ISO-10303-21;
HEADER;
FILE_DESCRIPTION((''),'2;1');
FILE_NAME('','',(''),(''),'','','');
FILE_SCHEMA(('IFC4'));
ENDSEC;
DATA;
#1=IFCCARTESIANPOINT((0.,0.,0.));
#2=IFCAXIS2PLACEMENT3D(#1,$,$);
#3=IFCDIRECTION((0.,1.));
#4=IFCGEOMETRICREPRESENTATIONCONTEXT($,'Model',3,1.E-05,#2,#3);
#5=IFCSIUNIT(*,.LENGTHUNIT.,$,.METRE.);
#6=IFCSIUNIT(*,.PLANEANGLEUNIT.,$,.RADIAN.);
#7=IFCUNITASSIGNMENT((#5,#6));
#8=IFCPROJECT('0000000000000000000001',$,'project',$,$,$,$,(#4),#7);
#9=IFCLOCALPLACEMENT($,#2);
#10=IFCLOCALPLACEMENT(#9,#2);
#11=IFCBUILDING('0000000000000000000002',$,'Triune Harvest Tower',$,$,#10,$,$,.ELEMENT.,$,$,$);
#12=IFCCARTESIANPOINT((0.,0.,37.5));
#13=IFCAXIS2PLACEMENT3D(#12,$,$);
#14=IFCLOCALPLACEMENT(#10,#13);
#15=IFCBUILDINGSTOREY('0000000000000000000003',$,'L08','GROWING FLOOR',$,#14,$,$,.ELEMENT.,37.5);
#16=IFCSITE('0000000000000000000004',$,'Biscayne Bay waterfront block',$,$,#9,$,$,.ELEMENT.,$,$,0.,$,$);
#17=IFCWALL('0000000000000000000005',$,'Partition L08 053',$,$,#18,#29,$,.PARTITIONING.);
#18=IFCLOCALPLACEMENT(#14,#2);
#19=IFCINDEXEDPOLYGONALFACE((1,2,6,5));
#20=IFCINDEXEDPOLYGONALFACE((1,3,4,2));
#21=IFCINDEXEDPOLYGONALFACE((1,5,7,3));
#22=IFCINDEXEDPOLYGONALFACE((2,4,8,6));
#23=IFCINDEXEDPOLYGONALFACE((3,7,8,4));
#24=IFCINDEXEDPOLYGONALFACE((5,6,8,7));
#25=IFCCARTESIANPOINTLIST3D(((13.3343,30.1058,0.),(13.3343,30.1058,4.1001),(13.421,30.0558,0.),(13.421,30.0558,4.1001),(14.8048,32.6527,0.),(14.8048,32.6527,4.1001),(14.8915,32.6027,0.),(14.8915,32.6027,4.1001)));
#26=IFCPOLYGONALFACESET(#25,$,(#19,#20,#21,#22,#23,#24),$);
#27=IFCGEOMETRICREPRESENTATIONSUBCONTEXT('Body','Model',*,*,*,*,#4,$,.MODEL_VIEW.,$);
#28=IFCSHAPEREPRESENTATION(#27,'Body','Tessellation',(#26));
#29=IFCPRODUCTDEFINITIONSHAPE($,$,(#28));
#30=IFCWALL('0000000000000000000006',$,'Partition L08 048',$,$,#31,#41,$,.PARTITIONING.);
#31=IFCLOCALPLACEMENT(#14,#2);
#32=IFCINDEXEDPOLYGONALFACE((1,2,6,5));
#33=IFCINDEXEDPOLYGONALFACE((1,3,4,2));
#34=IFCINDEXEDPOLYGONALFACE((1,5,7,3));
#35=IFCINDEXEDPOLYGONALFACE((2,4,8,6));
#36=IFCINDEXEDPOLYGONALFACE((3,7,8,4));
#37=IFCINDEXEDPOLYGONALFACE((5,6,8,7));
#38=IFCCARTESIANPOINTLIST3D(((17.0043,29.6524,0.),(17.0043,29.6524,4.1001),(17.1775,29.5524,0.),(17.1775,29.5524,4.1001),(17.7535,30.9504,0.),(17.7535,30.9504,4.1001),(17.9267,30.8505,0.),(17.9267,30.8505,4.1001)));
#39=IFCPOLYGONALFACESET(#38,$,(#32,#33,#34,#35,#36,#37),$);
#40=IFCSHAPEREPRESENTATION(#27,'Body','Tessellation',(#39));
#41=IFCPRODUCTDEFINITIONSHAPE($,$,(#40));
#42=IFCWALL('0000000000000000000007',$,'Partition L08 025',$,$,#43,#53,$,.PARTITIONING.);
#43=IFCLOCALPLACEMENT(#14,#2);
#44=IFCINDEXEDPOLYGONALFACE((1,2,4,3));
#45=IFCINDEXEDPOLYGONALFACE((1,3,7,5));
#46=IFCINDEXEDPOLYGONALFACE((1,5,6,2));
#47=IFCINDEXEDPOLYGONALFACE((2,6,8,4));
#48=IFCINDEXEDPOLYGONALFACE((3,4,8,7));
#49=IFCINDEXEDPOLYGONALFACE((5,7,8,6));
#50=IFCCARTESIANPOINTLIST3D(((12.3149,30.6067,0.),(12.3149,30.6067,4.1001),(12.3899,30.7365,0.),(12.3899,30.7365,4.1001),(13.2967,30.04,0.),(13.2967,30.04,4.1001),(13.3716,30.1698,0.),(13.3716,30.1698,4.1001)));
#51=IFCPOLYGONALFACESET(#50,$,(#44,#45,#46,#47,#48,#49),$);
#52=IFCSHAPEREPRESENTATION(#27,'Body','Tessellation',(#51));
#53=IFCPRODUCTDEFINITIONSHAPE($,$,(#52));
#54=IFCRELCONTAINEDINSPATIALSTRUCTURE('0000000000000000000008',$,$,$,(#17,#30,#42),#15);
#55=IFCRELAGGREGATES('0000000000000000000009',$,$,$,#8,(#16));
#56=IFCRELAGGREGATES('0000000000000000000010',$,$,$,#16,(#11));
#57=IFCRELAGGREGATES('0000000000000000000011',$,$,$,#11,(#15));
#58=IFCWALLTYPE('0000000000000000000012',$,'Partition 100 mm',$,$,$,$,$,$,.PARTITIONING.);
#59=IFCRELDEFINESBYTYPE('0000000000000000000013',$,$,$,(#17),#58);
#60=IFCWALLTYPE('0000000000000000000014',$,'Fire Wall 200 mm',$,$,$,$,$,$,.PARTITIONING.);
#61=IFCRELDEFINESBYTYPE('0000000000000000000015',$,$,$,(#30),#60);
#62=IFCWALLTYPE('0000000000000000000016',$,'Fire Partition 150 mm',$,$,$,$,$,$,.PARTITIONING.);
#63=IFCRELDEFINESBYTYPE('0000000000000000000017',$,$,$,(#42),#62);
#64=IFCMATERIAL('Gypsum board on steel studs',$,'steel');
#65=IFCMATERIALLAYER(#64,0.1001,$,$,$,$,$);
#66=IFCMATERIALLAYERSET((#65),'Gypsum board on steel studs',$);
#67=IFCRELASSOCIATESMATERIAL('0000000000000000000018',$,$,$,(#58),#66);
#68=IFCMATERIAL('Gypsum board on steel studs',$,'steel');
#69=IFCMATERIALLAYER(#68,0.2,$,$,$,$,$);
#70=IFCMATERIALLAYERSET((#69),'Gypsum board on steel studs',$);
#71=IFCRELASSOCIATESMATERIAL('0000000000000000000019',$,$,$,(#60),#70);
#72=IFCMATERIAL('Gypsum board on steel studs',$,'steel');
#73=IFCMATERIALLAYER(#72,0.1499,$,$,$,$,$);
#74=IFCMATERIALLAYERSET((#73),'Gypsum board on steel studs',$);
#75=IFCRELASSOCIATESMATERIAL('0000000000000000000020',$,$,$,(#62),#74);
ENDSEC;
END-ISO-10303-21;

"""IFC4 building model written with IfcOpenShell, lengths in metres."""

from ifc_helpers import new_model, si_unit, direction, frame, frame_2d, origin, place, context, subcontext, project, spatial, rectangle, extrude, source, transform, mapped, material, layer, layer_set, type_object, element, save


model = new_model("IFC4")

# Units and contexts
model_context = context("Model", 3, precision=1e-05, world=origin(), true_north=direction((0.0, 1.0)))
body_context = subcontext(model_context, "Body", "Model", "MODEL_VIEW")
ifc_project = project(units=[si_unit("LENGTHUNIT", "METRE"), si_unit("PLANEANGLEUNIT", "RADIAN")], contexts=[model_context])

# Site, building, storey
site_placement = place(None, origin())
site = spatial("IfcSite", under=ifc_project, at=site_placement, Name="Biscayne Bay waterfront block", CompositionType="ELEMENT", RefElevation=0.0)
building_placement = place(site_placement, origin())
building = spatial("IfcBuilding", under=site, at=building_placement, Name="Triune Harvest Tower", CompositionType="ELEMENT")
storey_placement = place(building_placement, frame((0.0, 0.0, 37.5)))
storey = spatial("IfcBuildingStorey", under=building, at=storey_placement, Name="L08", Description="GROWING FLOOR", CompositionType="ELEMENT", Elevation=37.5)

# Walls
ifc_material_1 = material(Name="Gypsum board on steel studs", Category="steel")
ifc_layer_1 = layer(ifc_material_1, 0.1001)
ifc_layer_set_1 = layer_set([ifc_layer_1], Name="Gypsum board on steel studs")
wall_type_1 = type_object("IfcWallType", Name="Partition 100 mm", PredefinedType="PARTITIONING", material=ifc_layer_set_1)
wall_1_placement = place(storey_placement, frame((13.3777, 30.0808, 0.0), z_axis=(0.0, 0.0, 1.0), x_axis=(0.500005, 0.866022, 0.0)))
element("IfcWall", 1, at=wall_1_placement, inside=storey, type_object=wall_type_1, Name="Partition L08 053", PredefinedType="PARTITIONING", context=body_context, shape_type="SweptSolid", body=[
    extrude(rectangle(XDim=2.9409, YDim=0.1001, at=frame_2d((1.4705, 0.0))), origin(), (0.0, 0.0, 1.0), 4.1001),
])
ifc_material_2 = material(Name="Gypsum board on steel studs", Category="steel")
ifc_layer_2 = layer(ifc_material_2, 0.2)
ifc_layer_set_2 = layer_set([ifc_layer_2], Name="Gypsum board on steel studs")
wall_type_2 = type_object("IfcWallType", Name="Fire Wall 200 mm", PredefinedType="PARTITIONING", material=ifc_layer_set_2)
shared_shape_1 = source(origin(), body_context, "Body", "SweptSolid", [
    extrude(rectangle(XDim=1.4988, YDim=0.2, at=frame_2d((0.7495, 0.0))), origin(), (0.0, 0.0, 1.0), 4.1001),
])
wall_2_placement = place(storey_placement, frame((17.0908, 29.6023, 0.0), z_axis=(0.0, 0.0, 1.0), x_axis=(0.499906, 0.86608, 0.0)))
element("IfcWall", 2, at=wall_2_placement, inside=storey, type_object=wall_type_2, Name="Partition L08 048", PredefinedType="PARTITIONING", context=body_context, shape_type="MappedRepresentation", body=[
    mapped(shared_shape_1, transform((0.0, 0.0, 0.0), scale=1.0)),
])
ifc_material_3 = material(Name="Gypsum board on steel studs", Category="steel")
ifc_layer_3 = layer(ifc_material_3, 0.1499)
ifc_layer_set_3 = layer_set([ifc_layer_3], Name="Gypsum board on steel studs")
wall_type_3 = type_object("IfcWallType", Name="Fire Partition 150 mm", PredefinedType="PARTITIONING", material=ifc_layer_set_3)
shared_shape_2 = source(origin(), body_context, "Body", "SweptSolid", [
    extrude(rectangle(XDim=1.1335, YDim=0.1499, at=frame_2d((0.5669, 0.0))), origin(), (0.0, 0.0, 1.0), 4.1001),
])
wall_3_placement = place(storey_placement, frame((12.3523, 30.6716, 0.0), z_axis=(0.0, 0.0, 1.0), x_axis=(0.866074, -0.499915, 0.0)))
element("IfcWall", 3, at=wall_3_placement, inside=storey, type_object=wall_type_3, Name="Partition L08 025", PredefinedType="PARTITIONING", context=body_context, shape_type="MappedRepresentation", body=[
    mapped(shared_shape_2, transform((0.0, 0.0, 0.0), scale=1.0)),
])

save(model, "model.ifc")
